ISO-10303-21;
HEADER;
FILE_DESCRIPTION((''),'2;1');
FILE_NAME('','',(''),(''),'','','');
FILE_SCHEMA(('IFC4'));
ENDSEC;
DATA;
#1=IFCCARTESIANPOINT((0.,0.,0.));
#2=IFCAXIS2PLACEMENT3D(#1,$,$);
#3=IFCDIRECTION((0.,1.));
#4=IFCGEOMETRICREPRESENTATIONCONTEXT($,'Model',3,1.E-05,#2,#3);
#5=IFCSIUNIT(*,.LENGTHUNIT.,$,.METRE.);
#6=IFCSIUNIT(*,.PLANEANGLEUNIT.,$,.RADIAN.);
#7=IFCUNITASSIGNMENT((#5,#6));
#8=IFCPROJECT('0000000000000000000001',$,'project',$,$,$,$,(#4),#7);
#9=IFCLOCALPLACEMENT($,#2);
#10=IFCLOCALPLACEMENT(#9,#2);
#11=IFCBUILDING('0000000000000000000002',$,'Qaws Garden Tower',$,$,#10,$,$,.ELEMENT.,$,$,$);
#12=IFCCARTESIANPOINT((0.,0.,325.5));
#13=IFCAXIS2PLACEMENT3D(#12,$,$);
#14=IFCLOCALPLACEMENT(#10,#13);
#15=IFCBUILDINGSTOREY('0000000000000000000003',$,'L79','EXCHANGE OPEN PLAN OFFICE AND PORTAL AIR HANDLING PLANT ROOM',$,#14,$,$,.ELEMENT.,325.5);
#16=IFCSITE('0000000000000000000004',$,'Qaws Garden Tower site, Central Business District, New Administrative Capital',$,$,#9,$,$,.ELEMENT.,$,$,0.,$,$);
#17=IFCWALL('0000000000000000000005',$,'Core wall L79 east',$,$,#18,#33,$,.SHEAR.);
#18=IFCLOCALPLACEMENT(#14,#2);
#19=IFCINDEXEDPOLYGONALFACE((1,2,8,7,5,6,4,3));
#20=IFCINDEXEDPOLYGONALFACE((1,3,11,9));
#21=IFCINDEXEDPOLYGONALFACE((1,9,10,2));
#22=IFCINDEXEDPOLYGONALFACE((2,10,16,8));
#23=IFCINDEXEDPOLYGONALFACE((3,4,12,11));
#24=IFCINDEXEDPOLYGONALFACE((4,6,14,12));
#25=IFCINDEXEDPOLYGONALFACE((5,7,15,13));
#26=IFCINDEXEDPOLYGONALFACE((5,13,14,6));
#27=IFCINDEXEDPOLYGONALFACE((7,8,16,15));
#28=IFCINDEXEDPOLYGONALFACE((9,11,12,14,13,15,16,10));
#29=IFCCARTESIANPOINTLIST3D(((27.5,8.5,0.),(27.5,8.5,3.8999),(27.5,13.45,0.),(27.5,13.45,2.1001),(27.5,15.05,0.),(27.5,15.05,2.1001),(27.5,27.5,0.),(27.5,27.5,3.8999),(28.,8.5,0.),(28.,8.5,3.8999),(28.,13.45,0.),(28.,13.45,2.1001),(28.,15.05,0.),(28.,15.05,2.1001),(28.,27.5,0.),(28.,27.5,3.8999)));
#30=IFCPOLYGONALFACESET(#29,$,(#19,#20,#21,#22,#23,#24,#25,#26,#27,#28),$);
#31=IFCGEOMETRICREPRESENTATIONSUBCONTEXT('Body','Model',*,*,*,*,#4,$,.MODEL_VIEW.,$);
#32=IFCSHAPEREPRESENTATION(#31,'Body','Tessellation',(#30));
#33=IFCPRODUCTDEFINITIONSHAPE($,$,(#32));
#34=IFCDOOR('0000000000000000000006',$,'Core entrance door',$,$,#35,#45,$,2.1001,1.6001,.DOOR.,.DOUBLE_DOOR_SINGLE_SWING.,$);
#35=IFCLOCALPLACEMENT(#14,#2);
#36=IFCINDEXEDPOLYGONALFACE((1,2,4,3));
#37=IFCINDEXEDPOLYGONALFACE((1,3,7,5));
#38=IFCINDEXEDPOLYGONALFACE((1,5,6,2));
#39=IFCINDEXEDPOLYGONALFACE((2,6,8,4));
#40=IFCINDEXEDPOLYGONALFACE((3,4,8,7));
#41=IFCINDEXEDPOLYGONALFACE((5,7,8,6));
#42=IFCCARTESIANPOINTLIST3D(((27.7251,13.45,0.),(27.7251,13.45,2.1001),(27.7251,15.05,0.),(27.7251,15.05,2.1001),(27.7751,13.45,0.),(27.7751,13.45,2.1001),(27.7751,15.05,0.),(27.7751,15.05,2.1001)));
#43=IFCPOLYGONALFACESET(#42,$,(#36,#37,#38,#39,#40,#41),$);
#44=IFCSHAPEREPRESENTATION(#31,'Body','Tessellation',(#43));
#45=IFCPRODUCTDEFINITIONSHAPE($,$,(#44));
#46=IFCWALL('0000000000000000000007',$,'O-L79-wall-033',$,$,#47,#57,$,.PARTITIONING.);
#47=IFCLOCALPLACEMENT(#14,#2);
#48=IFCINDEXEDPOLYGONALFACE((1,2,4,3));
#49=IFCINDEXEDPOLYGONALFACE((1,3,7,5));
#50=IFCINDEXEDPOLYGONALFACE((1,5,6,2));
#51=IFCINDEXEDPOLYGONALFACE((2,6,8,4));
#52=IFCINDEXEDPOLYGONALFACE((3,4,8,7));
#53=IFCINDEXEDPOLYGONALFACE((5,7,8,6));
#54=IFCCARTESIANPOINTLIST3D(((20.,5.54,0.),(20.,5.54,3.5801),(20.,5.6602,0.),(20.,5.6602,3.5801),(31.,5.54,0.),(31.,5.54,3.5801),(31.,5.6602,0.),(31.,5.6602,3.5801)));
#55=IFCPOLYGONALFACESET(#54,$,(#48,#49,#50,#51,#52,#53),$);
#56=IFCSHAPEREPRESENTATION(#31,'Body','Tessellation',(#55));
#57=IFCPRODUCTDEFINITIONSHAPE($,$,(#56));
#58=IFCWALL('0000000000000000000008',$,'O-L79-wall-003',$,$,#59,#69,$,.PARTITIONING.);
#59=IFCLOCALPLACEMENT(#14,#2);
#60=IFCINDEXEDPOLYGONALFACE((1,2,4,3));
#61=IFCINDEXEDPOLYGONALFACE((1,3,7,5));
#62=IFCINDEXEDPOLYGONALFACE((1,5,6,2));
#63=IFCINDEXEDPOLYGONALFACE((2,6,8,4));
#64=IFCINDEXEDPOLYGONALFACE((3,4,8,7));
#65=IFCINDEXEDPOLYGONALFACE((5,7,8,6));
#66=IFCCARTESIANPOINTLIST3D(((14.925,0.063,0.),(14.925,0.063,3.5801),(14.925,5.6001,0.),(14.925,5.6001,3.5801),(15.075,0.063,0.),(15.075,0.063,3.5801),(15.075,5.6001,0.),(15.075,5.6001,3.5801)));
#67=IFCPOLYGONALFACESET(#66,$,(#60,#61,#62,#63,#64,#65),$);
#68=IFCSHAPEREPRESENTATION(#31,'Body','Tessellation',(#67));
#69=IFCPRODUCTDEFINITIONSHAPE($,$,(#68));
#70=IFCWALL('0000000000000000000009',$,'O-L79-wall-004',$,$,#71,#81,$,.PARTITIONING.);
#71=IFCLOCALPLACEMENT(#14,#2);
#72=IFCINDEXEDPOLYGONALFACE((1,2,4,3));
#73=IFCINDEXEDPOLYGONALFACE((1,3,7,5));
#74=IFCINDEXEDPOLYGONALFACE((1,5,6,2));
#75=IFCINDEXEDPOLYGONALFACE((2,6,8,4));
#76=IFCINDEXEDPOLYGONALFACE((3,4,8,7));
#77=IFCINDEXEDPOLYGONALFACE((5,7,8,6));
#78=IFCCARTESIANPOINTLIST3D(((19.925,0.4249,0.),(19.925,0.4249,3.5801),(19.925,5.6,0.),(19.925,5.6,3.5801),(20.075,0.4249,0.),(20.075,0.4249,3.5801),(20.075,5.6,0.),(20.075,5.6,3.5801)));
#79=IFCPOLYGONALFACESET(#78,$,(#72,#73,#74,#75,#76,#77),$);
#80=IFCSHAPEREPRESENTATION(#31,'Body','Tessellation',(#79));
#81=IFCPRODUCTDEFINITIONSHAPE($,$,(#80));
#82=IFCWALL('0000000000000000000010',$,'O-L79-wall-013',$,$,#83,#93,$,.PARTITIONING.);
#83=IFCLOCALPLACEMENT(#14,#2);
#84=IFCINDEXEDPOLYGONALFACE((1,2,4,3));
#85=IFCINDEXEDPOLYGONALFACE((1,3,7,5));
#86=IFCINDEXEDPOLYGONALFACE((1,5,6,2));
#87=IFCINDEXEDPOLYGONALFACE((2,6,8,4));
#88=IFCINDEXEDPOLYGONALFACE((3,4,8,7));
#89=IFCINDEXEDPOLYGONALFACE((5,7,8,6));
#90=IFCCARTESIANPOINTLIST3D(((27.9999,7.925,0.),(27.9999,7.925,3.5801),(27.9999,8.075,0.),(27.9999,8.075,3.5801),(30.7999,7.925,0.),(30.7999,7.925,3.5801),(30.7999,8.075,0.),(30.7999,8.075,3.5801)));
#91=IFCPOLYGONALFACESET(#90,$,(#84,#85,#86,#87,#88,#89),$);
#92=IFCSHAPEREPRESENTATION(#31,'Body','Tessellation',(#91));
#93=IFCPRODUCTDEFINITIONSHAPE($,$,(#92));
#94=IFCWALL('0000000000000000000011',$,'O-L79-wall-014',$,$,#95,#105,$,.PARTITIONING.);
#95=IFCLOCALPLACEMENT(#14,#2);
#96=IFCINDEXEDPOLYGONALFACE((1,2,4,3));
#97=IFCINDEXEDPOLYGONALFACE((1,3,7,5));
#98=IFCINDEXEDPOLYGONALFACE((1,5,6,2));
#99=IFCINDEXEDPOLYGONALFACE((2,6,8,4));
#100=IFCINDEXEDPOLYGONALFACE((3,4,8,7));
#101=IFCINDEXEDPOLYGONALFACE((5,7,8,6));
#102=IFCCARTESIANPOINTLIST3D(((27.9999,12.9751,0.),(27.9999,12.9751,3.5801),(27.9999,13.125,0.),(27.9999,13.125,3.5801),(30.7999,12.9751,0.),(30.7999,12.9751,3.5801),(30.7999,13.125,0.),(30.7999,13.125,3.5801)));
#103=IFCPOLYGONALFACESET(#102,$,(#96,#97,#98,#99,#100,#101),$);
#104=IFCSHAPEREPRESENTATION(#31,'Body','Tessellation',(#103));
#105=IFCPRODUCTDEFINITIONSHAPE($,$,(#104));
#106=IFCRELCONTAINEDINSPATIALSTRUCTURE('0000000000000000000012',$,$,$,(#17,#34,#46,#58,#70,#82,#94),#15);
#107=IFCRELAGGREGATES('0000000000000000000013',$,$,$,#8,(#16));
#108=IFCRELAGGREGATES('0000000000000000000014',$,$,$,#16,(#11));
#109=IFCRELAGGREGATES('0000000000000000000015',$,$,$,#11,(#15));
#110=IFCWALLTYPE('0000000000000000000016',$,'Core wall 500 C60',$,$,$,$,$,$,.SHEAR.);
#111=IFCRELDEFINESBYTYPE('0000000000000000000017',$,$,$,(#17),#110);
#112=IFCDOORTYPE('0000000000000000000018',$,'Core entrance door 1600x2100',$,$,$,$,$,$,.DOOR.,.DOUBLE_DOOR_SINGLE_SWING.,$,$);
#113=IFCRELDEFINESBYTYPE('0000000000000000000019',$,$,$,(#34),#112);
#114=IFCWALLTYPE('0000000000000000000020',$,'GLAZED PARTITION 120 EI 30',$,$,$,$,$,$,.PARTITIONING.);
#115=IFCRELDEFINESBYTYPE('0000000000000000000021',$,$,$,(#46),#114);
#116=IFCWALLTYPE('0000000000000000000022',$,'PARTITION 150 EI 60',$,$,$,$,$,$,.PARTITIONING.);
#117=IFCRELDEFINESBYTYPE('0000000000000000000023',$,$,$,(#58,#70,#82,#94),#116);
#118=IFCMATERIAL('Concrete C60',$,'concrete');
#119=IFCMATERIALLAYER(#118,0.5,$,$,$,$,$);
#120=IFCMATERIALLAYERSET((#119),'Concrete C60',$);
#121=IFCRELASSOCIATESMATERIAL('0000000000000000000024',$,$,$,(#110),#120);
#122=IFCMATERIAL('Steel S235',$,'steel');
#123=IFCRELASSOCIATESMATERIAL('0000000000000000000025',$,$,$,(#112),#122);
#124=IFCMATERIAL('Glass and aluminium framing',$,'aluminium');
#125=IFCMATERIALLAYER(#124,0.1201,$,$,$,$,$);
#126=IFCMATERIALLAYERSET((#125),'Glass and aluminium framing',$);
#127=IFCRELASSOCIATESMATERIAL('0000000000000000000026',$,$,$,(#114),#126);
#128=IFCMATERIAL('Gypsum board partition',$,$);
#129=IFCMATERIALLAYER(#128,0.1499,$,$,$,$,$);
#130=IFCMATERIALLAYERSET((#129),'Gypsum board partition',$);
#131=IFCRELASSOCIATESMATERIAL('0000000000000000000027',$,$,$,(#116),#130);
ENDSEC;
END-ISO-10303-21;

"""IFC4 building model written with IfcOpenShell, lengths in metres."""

from ifc_helpers import new_model, si_unit, direction, frame, frame_2d, origin, place, context, subcontext, project, spatial, rectangle, extrude, material, layer, layer_set, type_object, element, fill, save


model = new_model("IFC4")

# Units and contexts
model_context = context("Model", 3, precision=1e-05, world=origin(), true_north=direction((0.0, 1.0)))
body_context = subcontext(model_context, "Body", "Model", "MODEL_VIEW")
ifc_project = project(units=[si_unit("LENGTHUNIT", "METRE"), si_unit("PLANEANGLEUNIT", "RADIAN")], contexts=[model_context])

# Site, building, storey
site_placement = place(None, origin())
site = spatial("IfcSite", under=ifc_project, at=site_placement, Name="Qaws Garden Tower site, Central Business District, New Administrative Capital", CompositionType="ELEMENT", RefElevation=0.0)
building_placement = place(site_placement, origin())
building = spatial("IfcBuilding", under=site, at=building_placement, Name="Qaws Garden Tower", CompositionType="ELEMENT")
storey_placement = place(building_placement, frame((0.0, 0.0, 325.5)))
storey = spatial("IfcBuildingStorey", under=building, at=storey_placement, Name="L79", Description="EXCHANGE OPEN PLAN OFFICE AND PORTAL AIR HANDLING PLANT ROOM", CompositionType="ELEMENT", Elevation=325.5)

# Wall, opening, door
ifc_material_1 = material(Name="Concrete C60", Category="concrete")
ifc_layer_1 = layer(ifc_material_1, 0.5)
ifc_layer_set_1 = layer_set([ifc_layer_1], Name="Concrete C60")
wall_type_1 = type_object("IfcWallType", Name="Core wall 500 C60", PredefinedType="SHEAR", material=ifc_layer_set_1)
wall_1_placement = place(storey_placement, frame((27.75, 8.5, 0.0), z_axis=(0.0, 0.0, 1.0), x_axis=(0.0, 1.0, 0.0)))
wall_1 = element("IfcWall", 1, at=wall_1_placement, inside=storey, type_object=wall_type_1, Name="Core wall L79 east", PredefinedType="SHEAR", context=body_context, shape_type="SweptSolid", body=[
    extrude(rectangle(XDim=19.0, YDim=0.5, at=frame_2d((9.5, 0.0))), origin(), (0.0, 0.0, 1.0), 3.8999),
])
opening_1_placement = place(wall_1_placement, frame((4.95, 0.0, 0.0)))
opening_1 = element("IfcOpeningElement", 2, at=opening_1_placement, cuts=wall_1, PredefinedType="OPENING", context=body_context, shape_type="SweptSolid", body=[
    extrude(rectangle(XDim=1.6001, YDim=2.1001, at=frame_2d((0.8, 1.05))), frame((0.0, 0.26, 0.0), z_axis=(0.0, -1.0, 0.0), x_axis=(1.0, 0.0, 0.0)), (0.0, 0.0, 1.0), 0.52),
])
ifc_material_2 = material(Name="Steel S235", Category="steel")
door_type_1 = type_object("IfcDoorType", Name="Core entrance door 1600x2100", OperationType="DOUBLE_DOOR_SINGLE_SWING", PredefinedType="DOOR", material=ifc_material_2)
door_1_placement = place(opening_1_placement, origin())
door_1 = element("IfcDoor", 3, at=door_1_placement, inside=storey, type_object=door_type_1, Name="Core entrance door", OperationType="DOUBLE_DOOR_SINGLE_SWING", OverallHeight=2.1001, OverallWidth=1.6001, PredefinedType="DOOR", context=body_context, shape_type="SweptSolid", body=[
    extrude(rectangle(XDim=1.6001, YDim=2.1001, at=frame_2d((0.8, 1.05))), frame((0.0, 0.0249, 0.0), z_axis=(0.0, -1.0, 0.0), x_axis=(1.0, 0.0, 0.0)), (0.0, 0.0, 1.0), 0.05),
])
fill(opening_1, door_1)

# Walls
ifc_material_3 = material(Name="Glass and aluminium framing", Category="aluminium")
ifc_layer_2 = layer(ifc_material_3, 0.1201)
ifc_layer_set_2 = layer_set([ifc_layer_2], Name="Glass and aluminium framing")
wall_type_2 = type_object("IfcWallType", Name="GLAZED PARTITION 120 EI 30", PredefinedType="PARTITIONING", material=ifc_layer_set_2)
wall_2_placement = place(storey_placement, frame((20.0, 5.6001, 0.0), z_axis=(0.0, 0.0, 1.0), x_axis=(1.0, 0.0, 0.0)))
element("IfcWall", 4, at=wall_2_placement, inside=storey, type_object=wall_type_2, Name="O-L79-wall-033", PredefinedType="PARTITIONING", context=body_context, shape_type="SweptSolid", body=[
    extrude(rectangle(XDim=11.0, YDim=0.1201, at=frame_2d((5.5, 0.0))), origin(), (0.0, 0.0, 1.0), 3.5801),
])
ifc_material_4 = material(Name="Gypsum board partition")
ifc_layer_3 = layer(ifc_material_4, 0.1499)
ifc_layer_set_3 = layer_set([ifc_layer_3], Name="Gypsum board partition")
wall_type_3 = type_object("IfcWallType", Name="PARTITION 150 EI 60", PredefinedType="PARTITIONING", material=ifc_layer_set_3)
wall_3_placement = place(storey_placement, frame((15.0, 0.063, 0.0), z_axis=(0.0, 0.0, 1.0), x_axis=(0.0, 1.0, 0.0)))
element("IfcWall", 5, at=wall_3_placement, inside=storey, type_object=wall_type_3, Name="O-L79-wall-003", PredefinedType="PARTITIONING", context=body_context, shape_type="SweptSolid", body=[
    extrude(rectangle(XDim=5.5371, YDim=0.1499, at=frame_2d((2.7686, 0.0))), origin(), (0.0, 0.0, 1.0), 3.5801),
])
wall_4_placement = place(storey_placement, frame((20.0, 0.425, 0.0), z_axis=(0.0, 0.0, 1.0), x_axis=(0.0, 1.0, 0.0)))
element("IfcWall", 6, at=wall_4_placement, inside=storey, type_object=wall_type_3, Name="O-L79-wall-004", PredefinedType="PARTITIONING", context=body_context, shape_type="SweptSolid", body=[
    extrude(rectangle(XDim=5.175, YDim=0.1499, at=frame_2d((2.5874, 0.0))), origin(), (0.0, 0.0, 1.0), 3.5801),
])
for number, where, z_axis, x_axis, name in (
    (7, (28.0, 8.0, 0.0), (0.0, 0.0, 1.0), (1.0, 0.0, 0.0), "O-L79-wall-013"),
    (8, (28.0, 13.05, 0.0), (0.0, 0.0, 1.0), (1.0, 0.0, 0.0), "O-L79-wall-014"),
):
    element("IfcWall", number, at=place(storey_placement, frame(where, z_axis=z_axis, x_axis=x_axis)), inside=storey, type_object=wall_type_3, Name=name, PredefinedType="PARTITIONING", context=body_context, shape_type="SweptSolid", body=[
        extrude(rectangle(XDim=2.8, YDim=0.1499, at=frame_2d((1.3999, 0.0))), origin(), (0.0, 0.0, 1.0), 3.5801),
    ])

save(model, "model.ifc")
